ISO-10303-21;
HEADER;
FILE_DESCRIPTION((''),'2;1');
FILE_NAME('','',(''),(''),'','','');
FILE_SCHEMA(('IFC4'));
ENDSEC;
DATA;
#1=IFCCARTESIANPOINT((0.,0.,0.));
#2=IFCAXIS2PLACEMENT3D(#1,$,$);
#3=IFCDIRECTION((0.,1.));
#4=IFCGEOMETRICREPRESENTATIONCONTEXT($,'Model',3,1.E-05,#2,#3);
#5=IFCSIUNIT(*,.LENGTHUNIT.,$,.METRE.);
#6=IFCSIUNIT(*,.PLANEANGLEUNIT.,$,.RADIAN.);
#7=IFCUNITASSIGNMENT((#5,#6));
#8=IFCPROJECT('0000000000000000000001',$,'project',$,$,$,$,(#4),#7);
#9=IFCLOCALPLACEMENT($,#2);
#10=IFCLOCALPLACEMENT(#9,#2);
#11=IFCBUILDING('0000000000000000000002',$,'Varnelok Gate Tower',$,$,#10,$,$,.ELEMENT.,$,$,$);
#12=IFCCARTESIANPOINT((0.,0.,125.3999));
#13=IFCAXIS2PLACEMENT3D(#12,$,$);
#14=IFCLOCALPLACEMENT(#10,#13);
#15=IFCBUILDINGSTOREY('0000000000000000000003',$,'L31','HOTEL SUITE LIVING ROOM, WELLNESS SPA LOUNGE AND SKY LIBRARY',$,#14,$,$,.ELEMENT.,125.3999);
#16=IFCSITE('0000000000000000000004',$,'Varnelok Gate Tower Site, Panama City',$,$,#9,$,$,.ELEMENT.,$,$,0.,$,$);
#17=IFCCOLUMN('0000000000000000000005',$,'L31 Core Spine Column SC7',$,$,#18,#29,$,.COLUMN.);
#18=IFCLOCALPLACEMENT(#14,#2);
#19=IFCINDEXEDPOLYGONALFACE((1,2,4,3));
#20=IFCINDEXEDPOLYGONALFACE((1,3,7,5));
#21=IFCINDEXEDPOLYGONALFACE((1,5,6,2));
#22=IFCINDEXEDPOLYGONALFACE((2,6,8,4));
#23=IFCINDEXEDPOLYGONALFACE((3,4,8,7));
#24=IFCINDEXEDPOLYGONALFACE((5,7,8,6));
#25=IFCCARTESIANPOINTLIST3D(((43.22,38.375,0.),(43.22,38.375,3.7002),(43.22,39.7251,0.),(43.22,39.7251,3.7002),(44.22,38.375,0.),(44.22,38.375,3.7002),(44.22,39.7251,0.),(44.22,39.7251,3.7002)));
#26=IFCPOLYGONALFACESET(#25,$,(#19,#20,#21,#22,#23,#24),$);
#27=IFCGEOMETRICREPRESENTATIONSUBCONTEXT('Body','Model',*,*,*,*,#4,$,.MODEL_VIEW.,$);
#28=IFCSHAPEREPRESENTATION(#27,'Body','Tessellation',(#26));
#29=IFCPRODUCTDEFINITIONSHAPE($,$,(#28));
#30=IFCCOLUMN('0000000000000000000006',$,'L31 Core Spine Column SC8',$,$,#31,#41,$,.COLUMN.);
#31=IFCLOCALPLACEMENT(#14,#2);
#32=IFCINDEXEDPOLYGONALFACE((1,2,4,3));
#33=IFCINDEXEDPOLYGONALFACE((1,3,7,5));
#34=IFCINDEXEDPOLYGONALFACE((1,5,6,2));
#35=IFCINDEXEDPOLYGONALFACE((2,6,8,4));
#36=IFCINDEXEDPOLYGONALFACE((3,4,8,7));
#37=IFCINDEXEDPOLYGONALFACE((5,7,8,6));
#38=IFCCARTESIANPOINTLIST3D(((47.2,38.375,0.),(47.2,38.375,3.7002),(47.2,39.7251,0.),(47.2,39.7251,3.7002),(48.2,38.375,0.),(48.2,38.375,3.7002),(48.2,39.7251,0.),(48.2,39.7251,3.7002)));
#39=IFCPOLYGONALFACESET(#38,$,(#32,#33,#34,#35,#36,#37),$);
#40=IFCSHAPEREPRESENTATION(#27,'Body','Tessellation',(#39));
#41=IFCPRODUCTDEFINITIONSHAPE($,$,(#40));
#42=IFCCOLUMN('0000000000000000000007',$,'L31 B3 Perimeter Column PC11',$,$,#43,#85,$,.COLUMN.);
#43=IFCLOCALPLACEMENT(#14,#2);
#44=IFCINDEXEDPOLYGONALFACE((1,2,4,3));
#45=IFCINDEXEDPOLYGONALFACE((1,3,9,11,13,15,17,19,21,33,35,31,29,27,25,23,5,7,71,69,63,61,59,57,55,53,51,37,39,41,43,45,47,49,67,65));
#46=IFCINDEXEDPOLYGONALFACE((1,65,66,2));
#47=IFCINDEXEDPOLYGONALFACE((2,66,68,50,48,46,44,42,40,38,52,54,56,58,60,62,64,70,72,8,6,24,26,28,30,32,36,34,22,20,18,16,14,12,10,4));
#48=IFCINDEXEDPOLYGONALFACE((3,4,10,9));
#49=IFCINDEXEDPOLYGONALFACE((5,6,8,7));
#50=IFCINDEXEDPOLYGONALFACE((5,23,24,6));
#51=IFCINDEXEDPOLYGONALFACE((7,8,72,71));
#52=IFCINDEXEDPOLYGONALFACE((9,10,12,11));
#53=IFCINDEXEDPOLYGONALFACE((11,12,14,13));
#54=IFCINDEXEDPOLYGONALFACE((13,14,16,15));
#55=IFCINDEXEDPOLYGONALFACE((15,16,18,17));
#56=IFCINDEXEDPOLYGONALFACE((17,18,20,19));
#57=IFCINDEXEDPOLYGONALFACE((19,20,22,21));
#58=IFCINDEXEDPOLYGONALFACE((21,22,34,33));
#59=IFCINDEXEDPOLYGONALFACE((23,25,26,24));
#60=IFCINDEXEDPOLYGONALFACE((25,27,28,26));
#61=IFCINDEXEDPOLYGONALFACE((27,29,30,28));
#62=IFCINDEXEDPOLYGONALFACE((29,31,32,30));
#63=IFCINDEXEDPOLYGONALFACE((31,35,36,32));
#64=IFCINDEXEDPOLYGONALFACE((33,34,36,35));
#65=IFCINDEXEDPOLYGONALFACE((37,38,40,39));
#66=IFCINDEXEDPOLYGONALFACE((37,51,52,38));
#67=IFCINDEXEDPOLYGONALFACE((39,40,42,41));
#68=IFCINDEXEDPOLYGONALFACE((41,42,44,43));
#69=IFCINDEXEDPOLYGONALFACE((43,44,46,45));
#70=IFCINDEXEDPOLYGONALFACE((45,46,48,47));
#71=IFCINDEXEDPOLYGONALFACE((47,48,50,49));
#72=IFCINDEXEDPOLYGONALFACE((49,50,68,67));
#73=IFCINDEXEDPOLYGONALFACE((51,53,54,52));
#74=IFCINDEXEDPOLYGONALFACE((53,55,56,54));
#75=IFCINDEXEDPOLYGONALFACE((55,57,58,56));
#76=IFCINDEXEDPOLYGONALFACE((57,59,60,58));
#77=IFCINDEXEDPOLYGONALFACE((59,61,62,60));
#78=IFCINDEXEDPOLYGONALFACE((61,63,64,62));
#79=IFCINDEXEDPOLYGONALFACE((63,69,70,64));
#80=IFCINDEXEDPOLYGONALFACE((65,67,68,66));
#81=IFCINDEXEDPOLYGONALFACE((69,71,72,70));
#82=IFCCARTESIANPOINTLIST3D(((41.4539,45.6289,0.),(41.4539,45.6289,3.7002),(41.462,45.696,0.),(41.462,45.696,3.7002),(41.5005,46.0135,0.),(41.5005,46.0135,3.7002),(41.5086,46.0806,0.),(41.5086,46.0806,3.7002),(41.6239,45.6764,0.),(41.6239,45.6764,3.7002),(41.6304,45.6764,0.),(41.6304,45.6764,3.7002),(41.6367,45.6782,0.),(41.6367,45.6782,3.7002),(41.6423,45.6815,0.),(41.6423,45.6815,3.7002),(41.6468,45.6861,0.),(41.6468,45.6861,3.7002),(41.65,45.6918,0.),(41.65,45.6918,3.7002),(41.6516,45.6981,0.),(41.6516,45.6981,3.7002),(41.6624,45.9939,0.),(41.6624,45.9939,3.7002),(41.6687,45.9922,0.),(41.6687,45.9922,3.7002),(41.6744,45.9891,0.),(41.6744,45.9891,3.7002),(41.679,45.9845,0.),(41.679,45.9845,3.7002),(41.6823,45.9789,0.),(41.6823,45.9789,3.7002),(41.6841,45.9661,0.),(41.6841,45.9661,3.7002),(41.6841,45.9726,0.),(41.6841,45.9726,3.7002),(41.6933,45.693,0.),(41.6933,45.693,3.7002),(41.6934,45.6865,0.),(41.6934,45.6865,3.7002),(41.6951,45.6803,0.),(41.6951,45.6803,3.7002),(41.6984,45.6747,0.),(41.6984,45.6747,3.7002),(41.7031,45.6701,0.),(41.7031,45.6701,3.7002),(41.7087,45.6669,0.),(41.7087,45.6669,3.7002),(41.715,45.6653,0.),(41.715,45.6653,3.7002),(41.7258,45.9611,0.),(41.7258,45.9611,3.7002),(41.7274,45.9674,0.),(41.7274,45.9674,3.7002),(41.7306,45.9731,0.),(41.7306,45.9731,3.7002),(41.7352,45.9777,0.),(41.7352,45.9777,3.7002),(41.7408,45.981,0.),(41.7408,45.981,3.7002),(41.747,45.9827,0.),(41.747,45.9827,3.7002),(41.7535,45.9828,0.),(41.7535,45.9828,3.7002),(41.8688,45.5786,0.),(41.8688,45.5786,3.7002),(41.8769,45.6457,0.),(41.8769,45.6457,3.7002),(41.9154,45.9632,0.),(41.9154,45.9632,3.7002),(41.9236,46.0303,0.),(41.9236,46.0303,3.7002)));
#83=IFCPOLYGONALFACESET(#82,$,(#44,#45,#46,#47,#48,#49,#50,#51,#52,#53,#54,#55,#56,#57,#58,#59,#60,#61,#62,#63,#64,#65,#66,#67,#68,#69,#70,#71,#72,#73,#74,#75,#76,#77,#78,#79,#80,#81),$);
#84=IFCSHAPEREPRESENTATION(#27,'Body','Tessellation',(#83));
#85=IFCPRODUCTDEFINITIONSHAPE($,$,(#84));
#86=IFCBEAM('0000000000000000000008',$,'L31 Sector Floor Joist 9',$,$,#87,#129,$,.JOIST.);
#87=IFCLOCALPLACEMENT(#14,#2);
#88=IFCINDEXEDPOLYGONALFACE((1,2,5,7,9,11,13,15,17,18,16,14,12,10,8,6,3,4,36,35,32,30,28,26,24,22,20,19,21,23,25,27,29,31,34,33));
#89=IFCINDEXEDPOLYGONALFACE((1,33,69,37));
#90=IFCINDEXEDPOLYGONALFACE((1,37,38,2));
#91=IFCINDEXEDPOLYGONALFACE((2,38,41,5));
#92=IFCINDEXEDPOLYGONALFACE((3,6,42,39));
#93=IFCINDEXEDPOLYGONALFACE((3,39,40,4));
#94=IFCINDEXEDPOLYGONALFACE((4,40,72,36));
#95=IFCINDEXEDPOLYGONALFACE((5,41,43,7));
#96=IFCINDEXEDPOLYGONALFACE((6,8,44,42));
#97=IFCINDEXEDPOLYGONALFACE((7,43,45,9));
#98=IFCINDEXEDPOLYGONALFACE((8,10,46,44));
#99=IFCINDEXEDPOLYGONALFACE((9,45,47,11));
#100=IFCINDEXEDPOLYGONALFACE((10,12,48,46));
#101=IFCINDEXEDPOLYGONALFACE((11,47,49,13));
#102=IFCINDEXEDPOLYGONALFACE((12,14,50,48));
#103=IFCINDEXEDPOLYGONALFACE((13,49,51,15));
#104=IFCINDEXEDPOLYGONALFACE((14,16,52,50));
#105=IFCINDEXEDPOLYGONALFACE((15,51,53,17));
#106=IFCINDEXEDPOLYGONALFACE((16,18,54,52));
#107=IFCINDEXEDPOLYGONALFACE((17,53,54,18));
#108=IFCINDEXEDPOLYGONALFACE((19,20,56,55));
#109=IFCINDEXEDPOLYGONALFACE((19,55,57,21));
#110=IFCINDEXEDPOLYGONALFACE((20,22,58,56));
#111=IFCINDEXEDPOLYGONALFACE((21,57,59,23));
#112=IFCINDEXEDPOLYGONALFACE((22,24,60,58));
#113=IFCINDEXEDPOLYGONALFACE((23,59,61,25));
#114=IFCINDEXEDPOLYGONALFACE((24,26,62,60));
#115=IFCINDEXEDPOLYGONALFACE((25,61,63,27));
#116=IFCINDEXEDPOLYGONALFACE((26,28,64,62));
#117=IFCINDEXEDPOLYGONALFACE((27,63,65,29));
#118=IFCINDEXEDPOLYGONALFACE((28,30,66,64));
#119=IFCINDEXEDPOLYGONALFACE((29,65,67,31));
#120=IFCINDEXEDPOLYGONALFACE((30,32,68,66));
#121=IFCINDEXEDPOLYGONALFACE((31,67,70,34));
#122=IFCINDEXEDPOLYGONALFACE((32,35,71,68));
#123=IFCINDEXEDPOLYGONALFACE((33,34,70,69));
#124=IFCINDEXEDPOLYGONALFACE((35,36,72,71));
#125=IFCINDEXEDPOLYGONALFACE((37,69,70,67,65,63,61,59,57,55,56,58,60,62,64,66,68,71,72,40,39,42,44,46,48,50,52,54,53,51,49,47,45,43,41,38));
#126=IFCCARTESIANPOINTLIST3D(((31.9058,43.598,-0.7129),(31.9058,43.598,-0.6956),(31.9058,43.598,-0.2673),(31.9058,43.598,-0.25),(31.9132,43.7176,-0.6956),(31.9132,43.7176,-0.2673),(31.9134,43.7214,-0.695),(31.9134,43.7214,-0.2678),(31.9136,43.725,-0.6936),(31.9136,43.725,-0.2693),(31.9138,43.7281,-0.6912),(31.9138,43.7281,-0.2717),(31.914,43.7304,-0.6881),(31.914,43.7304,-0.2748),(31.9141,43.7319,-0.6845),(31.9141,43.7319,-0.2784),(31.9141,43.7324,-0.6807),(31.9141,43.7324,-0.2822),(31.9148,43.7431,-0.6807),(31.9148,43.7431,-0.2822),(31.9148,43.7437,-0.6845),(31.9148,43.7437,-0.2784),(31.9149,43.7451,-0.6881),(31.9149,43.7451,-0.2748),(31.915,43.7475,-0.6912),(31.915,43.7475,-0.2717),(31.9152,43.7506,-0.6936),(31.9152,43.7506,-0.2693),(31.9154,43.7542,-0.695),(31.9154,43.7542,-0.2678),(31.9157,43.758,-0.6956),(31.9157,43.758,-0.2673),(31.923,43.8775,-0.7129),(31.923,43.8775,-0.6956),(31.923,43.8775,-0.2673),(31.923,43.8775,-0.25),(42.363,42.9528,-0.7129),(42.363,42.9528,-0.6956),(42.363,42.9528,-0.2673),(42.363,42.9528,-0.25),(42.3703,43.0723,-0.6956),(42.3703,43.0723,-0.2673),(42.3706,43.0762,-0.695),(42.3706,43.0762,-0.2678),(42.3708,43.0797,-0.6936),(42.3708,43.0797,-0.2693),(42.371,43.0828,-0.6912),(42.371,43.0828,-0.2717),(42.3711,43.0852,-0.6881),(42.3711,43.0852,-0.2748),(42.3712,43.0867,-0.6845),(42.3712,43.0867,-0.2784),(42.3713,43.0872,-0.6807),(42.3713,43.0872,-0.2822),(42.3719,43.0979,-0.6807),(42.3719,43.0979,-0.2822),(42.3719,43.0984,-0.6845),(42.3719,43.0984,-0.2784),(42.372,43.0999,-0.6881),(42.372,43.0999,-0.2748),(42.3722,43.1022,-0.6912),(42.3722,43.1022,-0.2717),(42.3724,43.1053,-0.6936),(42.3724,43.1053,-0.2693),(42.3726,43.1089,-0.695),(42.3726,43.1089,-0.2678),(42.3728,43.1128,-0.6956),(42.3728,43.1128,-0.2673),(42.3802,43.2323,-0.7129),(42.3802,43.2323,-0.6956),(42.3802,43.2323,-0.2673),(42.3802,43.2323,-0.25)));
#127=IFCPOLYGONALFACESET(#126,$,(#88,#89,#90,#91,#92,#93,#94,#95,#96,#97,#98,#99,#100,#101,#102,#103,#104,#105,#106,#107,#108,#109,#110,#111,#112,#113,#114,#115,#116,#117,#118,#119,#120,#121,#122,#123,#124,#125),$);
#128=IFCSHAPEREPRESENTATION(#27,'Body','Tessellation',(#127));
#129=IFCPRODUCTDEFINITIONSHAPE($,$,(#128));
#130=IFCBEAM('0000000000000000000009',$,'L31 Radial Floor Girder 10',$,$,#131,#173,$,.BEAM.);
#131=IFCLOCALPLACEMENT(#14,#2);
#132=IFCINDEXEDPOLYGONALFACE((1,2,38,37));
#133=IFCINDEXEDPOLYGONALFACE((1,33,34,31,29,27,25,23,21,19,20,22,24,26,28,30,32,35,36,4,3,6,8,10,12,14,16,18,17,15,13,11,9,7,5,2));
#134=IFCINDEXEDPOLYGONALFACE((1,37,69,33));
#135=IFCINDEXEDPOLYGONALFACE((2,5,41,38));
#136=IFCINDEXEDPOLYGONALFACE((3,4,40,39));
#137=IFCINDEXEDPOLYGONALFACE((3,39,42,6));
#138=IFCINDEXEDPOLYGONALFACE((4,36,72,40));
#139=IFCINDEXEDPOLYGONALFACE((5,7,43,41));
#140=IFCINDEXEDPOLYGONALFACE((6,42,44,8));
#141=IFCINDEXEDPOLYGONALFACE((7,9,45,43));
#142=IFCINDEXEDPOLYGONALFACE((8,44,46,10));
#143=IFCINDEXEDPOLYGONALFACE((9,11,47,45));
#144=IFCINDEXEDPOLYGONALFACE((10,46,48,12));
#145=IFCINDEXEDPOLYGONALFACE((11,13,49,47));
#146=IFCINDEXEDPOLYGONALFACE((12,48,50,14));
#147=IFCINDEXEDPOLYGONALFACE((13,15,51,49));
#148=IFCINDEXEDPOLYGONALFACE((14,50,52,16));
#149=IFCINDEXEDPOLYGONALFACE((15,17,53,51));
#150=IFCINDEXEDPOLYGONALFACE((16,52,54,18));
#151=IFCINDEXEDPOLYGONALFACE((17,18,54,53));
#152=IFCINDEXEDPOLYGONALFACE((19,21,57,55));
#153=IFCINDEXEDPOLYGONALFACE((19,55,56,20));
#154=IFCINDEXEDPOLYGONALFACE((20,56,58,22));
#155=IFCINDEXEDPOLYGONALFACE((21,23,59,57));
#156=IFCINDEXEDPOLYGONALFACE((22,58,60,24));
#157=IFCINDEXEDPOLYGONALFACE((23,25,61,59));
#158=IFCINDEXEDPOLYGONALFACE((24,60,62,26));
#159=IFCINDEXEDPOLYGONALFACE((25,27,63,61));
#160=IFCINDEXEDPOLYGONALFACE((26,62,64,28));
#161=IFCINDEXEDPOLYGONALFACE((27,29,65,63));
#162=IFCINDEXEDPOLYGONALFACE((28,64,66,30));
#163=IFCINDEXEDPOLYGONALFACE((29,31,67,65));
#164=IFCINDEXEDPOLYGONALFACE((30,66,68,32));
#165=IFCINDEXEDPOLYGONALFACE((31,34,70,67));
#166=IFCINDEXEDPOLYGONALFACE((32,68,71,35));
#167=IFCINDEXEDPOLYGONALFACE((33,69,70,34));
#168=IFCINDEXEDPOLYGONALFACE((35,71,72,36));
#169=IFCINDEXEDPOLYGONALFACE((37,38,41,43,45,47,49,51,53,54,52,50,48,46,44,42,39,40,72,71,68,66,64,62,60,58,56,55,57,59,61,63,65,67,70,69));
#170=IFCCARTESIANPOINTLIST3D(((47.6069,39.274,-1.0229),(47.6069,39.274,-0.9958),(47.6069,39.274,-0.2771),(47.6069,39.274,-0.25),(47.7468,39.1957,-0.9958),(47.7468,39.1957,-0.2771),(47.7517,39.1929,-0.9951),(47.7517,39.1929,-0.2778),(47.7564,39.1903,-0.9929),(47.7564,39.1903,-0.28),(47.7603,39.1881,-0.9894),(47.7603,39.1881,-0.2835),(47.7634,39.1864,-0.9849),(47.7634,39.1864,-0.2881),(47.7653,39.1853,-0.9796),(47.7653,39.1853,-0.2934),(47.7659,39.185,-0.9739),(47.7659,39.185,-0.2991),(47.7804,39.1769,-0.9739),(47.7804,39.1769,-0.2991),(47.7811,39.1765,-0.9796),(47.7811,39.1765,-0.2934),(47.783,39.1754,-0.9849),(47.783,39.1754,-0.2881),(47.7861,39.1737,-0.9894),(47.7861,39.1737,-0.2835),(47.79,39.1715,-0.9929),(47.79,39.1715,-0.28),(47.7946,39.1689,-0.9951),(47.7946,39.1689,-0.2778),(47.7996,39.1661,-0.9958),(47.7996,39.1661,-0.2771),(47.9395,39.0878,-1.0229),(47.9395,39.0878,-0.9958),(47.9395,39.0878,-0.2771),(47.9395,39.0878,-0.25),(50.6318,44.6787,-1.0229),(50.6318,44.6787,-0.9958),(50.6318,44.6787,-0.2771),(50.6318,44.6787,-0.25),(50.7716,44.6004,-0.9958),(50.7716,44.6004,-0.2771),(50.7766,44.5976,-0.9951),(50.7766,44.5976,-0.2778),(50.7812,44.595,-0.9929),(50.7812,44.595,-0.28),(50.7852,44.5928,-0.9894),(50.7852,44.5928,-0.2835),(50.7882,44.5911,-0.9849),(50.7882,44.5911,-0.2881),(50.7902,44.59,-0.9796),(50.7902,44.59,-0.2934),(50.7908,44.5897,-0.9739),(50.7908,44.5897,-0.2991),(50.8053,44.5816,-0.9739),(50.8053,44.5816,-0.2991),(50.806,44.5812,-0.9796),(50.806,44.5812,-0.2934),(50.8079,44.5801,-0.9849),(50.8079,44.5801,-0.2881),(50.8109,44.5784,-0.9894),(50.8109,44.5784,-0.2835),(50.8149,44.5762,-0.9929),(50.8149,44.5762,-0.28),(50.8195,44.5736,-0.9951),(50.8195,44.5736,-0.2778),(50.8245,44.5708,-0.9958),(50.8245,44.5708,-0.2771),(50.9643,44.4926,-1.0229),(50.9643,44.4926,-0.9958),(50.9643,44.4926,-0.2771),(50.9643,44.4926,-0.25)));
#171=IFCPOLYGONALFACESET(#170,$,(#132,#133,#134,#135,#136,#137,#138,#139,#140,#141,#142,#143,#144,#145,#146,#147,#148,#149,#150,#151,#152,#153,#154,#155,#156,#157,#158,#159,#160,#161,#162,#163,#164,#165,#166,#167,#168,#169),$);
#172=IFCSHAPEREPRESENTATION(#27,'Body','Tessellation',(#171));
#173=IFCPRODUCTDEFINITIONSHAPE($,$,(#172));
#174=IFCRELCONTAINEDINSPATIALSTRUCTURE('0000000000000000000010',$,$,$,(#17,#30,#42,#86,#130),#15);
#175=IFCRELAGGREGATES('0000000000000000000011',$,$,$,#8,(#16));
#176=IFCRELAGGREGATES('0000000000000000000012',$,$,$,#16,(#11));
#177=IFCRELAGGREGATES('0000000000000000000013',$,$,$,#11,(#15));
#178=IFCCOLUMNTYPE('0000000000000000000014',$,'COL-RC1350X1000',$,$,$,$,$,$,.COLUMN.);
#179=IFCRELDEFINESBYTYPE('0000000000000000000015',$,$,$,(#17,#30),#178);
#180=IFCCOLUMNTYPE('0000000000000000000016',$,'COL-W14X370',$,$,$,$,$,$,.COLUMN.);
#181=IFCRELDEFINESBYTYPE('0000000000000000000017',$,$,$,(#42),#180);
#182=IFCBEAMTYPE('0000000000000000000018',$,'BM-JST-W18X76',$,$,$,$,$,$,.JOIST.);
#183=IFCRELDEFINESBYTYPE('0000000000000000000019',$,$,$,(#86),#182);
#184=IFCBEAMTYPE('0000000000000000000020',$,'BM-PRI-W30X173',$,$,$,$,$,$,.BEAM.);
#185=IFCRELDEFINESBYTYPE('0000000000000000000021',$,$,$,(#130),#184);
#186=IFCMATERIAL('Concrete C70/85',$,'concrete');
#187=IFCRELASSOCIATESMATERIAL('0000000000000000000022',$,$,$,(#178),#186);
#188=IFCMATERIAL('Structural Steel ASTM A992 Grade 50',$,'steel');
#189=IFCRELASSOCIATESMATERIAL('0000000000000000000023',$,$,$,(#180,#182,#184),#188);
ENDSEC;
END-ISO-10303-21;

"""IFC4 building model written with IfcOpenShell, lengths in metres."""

from ifc_helpers import new_model, si_unit, direction, frame, origin, origin_2d, place, context, subcontext, project, spatial, rectangle, i_section, extrude, material, material_profile, profile_set, type_object, element, save


model = new_model("IFC4")

# Units and contexts
model_context = context("Model", 3, precision=1e-05, world=origin(), true_north=direction((0.0, 1.0)))
body_context = subcontext(model_context, "Body", "Model", "MODEL_VIEW")
ifc_project = project(units=[si_unit("LENGTHUNIT", "METRE"), si_unit("PLANEANGLEUNIT", "RADIAN")], contexts=[model_context])

# Site, building, storey
site_placement = place(None, origin())
site = spatial("IfcSite", under=ifc_project, at=site_placement, Name="Varnelok Gate Tower Site, Panama City", CompositionType="ELEMENT", RefElevation=0.0)
building_placement = place(site_placement, origin())
building = spatial("IfcBuilding", under=site, at=building_placement, Name="Varnelok Gate Tower", CompositionType="ELEMENT")
storey_placement = place(building_placement, frame((0.0, 0.0, 125.3999)))
storey = spatial("IfcBuildingStorey", under=building, at=storey_placement, Name="L31", Description="HOTEL SUITE LIVING ROOM, WELLNESS SPA LOUNGE AND SKY LIBRARY", CompositionType="ELEMENT", Elevation=125.3999)

# Columns
ifc_material_1 = material(Name="Concrete C70/85", Category="concrete")
ifc_material_profile_1 = material_profile(ifc_material_1, rectangle(XDim=1.0, YDim=1.3501, at=origin_2d()), Name="RC1350X1000")
ifc_profile_set_1 = profile_set([ifc_material_profile_1], Name="Concrete C70/85")
column_type_1 = type_object("IfcColumnType", Name="COL-RC1350X1000", PredefinedType="COLUMN", material=ifc_profile_set_1)
for number, where, z_axis, x_axis, name in (
    (1, (43.72, 39.05, 0.0), (0.0, 0.0, 1.0), (1.0, 0.0, 0.0), "L31 Core Spine Column SC7"),
    (2, (47.7, 39.05, 0.0), (0.0, 0.0, 1.0), (1.0, 0.0, 0.0), "L31 Core Spine Column SC8"),
):
    element("IfcColumn", number, at=place(storey_placement, frame(where, z_axis=z_axis, x_axis=x_axis)), inside=storey, type_object=column_type_1, Name=name, PredefinedType="COLUMN", context=body_context, shape_type="SweptSolid", body=[
        extrude(rectangle(XDim=1.0, YDim=1.3501, at=origin_2d()), origin(), (0.0, 0.0, 1.0), 3.7002),
    ])
ifc_material_2 = material(Name="Structural Steel ASTM A992 Grade 50", Category="steel")
ifc_material_profile_2 = material_profile(ifc_material_2, i_section(OverallWidth=0.418, OverallDepth=0.4551, WebThickness=0.042, FlangeThickness=0.0676, FilletRadius=0.0249, at=origin_2d()), Name="W14X370")
ifc_profile_set_2 = profile_set([ifc_material_profile_2], Name="Structural Steel ASTM A992 Grade 50")
column_type_2 = type_object("IfcColumnType", Name="COL-W14X370", PredefinedType="COLUMN", material=ifc_profile_set_2)
column_placement = place(storey_placement, frame((41.6887, 45.8296, 0.0), z_axis=(0.0, 0.0, 1.0), x_axis=(0.992732, -0.120345, 0.0)))
element("IfcColumn", 3, at=column_placement, inside=storey, type_object=column_type_2, Name="L31 B3 Perimeter Column PC11", PredefinedType="COLUMN", context=body_context, shape_type="SweptSolid", body=[
    extrude(i_section(OverallWidth=0.418, OverallDepth=0.4551, WebThickness=0.042, FlangeThickness=0.0676, FilletRadius=0.0249, at=origin_2d()), origin(), (0.0, 0.0, 1.0), 3.7002),
])

# Beams
ifc_material_profile_3 = material_profile(ifc_material_2, i_section(OverallWidth=0.28, OverallDepth=0.4629, WebThickness=0.0107, FlangeThickness=0.0173, FilletRadius=0.0149, at=origin_2d()), Name="W18X76")
ifc_profile_set_3 = profile_set([ifc_material_profile_3], Name="Structural Steel ASTM A992 Grade 50")
beam_type_1 = type_object("IfcBeamType", Name="BM-JST-W18X76", PredefinedType="JOIST", material=ifc_profile_set_3)
beam_1_placement = place(storey_placement, frame((42.3716, 43.0925, -0.4814), z_axis=(-0.998102, 0.061588, 0.0), x_axis=(-0.061588, -0.998102, 0.0)))
element("IfcBeam", 4, at=beam_1_placement, inside=storey, type_object=beam_type_1, Name="L31 Sector Floor Joist 9", PredefinedType="JOIST", context=body_context, shape_type="SweptSolid", body=[
    extrude(i_section(OverallWidth=0.28, OverallDepth=0.4629, WebThickness=0.0107, FlangeThickness=0.0173, FilletRadius=0.0149, at=origin_2d()), origin(), (0.0, 0.0, 1.0), 10.4771),
])
ifc_material_profile_4 = material_profile(ifc_material_2, i_section(OverallWidth=0.3811, OverallDepth=0.7729, WebThickness=0.0166, FlangeThickness=0.0271, FilletRadius=0.022, at=origin_2d()), Name="W30X173")
ifc_profile_set_4 = profile_set([ifc_material_profile_4], Name="Structural Steel ASTM A992 Grade 50")
beam_type_2 = type_object("IfcBeamType", Name="BM-PRI-W30X173", PredefinedType="BEAM", material=ifc_profile_set_4)
beam_2_placement = place(storey_placement, frame((47.7732, 39.1809, -0.6365), z_axis=(0.488385, 0.872628, 0.0), x_axis=(-0.872628, 0.488385, 0.0)))
element("IfcBeam", 5, at=beam_2_placement, inside=storey, type_object=beam_type_2, Name="L31 Radial Floor Girder 10", PredefinedType="BEAM", context=body_context, shape_type="SweptSolid", body=[
    extrude(i_section(OverallWidth=0.3811, OverallDepth=0.7729, WebThickness=0.0166, FlangeThickness=0.0271, FilletRadius=0.022, at=origin_2d()), origin(), (0.0, 0.0, 1.0), 6.1936),
])

save(model, "model.ifc")
